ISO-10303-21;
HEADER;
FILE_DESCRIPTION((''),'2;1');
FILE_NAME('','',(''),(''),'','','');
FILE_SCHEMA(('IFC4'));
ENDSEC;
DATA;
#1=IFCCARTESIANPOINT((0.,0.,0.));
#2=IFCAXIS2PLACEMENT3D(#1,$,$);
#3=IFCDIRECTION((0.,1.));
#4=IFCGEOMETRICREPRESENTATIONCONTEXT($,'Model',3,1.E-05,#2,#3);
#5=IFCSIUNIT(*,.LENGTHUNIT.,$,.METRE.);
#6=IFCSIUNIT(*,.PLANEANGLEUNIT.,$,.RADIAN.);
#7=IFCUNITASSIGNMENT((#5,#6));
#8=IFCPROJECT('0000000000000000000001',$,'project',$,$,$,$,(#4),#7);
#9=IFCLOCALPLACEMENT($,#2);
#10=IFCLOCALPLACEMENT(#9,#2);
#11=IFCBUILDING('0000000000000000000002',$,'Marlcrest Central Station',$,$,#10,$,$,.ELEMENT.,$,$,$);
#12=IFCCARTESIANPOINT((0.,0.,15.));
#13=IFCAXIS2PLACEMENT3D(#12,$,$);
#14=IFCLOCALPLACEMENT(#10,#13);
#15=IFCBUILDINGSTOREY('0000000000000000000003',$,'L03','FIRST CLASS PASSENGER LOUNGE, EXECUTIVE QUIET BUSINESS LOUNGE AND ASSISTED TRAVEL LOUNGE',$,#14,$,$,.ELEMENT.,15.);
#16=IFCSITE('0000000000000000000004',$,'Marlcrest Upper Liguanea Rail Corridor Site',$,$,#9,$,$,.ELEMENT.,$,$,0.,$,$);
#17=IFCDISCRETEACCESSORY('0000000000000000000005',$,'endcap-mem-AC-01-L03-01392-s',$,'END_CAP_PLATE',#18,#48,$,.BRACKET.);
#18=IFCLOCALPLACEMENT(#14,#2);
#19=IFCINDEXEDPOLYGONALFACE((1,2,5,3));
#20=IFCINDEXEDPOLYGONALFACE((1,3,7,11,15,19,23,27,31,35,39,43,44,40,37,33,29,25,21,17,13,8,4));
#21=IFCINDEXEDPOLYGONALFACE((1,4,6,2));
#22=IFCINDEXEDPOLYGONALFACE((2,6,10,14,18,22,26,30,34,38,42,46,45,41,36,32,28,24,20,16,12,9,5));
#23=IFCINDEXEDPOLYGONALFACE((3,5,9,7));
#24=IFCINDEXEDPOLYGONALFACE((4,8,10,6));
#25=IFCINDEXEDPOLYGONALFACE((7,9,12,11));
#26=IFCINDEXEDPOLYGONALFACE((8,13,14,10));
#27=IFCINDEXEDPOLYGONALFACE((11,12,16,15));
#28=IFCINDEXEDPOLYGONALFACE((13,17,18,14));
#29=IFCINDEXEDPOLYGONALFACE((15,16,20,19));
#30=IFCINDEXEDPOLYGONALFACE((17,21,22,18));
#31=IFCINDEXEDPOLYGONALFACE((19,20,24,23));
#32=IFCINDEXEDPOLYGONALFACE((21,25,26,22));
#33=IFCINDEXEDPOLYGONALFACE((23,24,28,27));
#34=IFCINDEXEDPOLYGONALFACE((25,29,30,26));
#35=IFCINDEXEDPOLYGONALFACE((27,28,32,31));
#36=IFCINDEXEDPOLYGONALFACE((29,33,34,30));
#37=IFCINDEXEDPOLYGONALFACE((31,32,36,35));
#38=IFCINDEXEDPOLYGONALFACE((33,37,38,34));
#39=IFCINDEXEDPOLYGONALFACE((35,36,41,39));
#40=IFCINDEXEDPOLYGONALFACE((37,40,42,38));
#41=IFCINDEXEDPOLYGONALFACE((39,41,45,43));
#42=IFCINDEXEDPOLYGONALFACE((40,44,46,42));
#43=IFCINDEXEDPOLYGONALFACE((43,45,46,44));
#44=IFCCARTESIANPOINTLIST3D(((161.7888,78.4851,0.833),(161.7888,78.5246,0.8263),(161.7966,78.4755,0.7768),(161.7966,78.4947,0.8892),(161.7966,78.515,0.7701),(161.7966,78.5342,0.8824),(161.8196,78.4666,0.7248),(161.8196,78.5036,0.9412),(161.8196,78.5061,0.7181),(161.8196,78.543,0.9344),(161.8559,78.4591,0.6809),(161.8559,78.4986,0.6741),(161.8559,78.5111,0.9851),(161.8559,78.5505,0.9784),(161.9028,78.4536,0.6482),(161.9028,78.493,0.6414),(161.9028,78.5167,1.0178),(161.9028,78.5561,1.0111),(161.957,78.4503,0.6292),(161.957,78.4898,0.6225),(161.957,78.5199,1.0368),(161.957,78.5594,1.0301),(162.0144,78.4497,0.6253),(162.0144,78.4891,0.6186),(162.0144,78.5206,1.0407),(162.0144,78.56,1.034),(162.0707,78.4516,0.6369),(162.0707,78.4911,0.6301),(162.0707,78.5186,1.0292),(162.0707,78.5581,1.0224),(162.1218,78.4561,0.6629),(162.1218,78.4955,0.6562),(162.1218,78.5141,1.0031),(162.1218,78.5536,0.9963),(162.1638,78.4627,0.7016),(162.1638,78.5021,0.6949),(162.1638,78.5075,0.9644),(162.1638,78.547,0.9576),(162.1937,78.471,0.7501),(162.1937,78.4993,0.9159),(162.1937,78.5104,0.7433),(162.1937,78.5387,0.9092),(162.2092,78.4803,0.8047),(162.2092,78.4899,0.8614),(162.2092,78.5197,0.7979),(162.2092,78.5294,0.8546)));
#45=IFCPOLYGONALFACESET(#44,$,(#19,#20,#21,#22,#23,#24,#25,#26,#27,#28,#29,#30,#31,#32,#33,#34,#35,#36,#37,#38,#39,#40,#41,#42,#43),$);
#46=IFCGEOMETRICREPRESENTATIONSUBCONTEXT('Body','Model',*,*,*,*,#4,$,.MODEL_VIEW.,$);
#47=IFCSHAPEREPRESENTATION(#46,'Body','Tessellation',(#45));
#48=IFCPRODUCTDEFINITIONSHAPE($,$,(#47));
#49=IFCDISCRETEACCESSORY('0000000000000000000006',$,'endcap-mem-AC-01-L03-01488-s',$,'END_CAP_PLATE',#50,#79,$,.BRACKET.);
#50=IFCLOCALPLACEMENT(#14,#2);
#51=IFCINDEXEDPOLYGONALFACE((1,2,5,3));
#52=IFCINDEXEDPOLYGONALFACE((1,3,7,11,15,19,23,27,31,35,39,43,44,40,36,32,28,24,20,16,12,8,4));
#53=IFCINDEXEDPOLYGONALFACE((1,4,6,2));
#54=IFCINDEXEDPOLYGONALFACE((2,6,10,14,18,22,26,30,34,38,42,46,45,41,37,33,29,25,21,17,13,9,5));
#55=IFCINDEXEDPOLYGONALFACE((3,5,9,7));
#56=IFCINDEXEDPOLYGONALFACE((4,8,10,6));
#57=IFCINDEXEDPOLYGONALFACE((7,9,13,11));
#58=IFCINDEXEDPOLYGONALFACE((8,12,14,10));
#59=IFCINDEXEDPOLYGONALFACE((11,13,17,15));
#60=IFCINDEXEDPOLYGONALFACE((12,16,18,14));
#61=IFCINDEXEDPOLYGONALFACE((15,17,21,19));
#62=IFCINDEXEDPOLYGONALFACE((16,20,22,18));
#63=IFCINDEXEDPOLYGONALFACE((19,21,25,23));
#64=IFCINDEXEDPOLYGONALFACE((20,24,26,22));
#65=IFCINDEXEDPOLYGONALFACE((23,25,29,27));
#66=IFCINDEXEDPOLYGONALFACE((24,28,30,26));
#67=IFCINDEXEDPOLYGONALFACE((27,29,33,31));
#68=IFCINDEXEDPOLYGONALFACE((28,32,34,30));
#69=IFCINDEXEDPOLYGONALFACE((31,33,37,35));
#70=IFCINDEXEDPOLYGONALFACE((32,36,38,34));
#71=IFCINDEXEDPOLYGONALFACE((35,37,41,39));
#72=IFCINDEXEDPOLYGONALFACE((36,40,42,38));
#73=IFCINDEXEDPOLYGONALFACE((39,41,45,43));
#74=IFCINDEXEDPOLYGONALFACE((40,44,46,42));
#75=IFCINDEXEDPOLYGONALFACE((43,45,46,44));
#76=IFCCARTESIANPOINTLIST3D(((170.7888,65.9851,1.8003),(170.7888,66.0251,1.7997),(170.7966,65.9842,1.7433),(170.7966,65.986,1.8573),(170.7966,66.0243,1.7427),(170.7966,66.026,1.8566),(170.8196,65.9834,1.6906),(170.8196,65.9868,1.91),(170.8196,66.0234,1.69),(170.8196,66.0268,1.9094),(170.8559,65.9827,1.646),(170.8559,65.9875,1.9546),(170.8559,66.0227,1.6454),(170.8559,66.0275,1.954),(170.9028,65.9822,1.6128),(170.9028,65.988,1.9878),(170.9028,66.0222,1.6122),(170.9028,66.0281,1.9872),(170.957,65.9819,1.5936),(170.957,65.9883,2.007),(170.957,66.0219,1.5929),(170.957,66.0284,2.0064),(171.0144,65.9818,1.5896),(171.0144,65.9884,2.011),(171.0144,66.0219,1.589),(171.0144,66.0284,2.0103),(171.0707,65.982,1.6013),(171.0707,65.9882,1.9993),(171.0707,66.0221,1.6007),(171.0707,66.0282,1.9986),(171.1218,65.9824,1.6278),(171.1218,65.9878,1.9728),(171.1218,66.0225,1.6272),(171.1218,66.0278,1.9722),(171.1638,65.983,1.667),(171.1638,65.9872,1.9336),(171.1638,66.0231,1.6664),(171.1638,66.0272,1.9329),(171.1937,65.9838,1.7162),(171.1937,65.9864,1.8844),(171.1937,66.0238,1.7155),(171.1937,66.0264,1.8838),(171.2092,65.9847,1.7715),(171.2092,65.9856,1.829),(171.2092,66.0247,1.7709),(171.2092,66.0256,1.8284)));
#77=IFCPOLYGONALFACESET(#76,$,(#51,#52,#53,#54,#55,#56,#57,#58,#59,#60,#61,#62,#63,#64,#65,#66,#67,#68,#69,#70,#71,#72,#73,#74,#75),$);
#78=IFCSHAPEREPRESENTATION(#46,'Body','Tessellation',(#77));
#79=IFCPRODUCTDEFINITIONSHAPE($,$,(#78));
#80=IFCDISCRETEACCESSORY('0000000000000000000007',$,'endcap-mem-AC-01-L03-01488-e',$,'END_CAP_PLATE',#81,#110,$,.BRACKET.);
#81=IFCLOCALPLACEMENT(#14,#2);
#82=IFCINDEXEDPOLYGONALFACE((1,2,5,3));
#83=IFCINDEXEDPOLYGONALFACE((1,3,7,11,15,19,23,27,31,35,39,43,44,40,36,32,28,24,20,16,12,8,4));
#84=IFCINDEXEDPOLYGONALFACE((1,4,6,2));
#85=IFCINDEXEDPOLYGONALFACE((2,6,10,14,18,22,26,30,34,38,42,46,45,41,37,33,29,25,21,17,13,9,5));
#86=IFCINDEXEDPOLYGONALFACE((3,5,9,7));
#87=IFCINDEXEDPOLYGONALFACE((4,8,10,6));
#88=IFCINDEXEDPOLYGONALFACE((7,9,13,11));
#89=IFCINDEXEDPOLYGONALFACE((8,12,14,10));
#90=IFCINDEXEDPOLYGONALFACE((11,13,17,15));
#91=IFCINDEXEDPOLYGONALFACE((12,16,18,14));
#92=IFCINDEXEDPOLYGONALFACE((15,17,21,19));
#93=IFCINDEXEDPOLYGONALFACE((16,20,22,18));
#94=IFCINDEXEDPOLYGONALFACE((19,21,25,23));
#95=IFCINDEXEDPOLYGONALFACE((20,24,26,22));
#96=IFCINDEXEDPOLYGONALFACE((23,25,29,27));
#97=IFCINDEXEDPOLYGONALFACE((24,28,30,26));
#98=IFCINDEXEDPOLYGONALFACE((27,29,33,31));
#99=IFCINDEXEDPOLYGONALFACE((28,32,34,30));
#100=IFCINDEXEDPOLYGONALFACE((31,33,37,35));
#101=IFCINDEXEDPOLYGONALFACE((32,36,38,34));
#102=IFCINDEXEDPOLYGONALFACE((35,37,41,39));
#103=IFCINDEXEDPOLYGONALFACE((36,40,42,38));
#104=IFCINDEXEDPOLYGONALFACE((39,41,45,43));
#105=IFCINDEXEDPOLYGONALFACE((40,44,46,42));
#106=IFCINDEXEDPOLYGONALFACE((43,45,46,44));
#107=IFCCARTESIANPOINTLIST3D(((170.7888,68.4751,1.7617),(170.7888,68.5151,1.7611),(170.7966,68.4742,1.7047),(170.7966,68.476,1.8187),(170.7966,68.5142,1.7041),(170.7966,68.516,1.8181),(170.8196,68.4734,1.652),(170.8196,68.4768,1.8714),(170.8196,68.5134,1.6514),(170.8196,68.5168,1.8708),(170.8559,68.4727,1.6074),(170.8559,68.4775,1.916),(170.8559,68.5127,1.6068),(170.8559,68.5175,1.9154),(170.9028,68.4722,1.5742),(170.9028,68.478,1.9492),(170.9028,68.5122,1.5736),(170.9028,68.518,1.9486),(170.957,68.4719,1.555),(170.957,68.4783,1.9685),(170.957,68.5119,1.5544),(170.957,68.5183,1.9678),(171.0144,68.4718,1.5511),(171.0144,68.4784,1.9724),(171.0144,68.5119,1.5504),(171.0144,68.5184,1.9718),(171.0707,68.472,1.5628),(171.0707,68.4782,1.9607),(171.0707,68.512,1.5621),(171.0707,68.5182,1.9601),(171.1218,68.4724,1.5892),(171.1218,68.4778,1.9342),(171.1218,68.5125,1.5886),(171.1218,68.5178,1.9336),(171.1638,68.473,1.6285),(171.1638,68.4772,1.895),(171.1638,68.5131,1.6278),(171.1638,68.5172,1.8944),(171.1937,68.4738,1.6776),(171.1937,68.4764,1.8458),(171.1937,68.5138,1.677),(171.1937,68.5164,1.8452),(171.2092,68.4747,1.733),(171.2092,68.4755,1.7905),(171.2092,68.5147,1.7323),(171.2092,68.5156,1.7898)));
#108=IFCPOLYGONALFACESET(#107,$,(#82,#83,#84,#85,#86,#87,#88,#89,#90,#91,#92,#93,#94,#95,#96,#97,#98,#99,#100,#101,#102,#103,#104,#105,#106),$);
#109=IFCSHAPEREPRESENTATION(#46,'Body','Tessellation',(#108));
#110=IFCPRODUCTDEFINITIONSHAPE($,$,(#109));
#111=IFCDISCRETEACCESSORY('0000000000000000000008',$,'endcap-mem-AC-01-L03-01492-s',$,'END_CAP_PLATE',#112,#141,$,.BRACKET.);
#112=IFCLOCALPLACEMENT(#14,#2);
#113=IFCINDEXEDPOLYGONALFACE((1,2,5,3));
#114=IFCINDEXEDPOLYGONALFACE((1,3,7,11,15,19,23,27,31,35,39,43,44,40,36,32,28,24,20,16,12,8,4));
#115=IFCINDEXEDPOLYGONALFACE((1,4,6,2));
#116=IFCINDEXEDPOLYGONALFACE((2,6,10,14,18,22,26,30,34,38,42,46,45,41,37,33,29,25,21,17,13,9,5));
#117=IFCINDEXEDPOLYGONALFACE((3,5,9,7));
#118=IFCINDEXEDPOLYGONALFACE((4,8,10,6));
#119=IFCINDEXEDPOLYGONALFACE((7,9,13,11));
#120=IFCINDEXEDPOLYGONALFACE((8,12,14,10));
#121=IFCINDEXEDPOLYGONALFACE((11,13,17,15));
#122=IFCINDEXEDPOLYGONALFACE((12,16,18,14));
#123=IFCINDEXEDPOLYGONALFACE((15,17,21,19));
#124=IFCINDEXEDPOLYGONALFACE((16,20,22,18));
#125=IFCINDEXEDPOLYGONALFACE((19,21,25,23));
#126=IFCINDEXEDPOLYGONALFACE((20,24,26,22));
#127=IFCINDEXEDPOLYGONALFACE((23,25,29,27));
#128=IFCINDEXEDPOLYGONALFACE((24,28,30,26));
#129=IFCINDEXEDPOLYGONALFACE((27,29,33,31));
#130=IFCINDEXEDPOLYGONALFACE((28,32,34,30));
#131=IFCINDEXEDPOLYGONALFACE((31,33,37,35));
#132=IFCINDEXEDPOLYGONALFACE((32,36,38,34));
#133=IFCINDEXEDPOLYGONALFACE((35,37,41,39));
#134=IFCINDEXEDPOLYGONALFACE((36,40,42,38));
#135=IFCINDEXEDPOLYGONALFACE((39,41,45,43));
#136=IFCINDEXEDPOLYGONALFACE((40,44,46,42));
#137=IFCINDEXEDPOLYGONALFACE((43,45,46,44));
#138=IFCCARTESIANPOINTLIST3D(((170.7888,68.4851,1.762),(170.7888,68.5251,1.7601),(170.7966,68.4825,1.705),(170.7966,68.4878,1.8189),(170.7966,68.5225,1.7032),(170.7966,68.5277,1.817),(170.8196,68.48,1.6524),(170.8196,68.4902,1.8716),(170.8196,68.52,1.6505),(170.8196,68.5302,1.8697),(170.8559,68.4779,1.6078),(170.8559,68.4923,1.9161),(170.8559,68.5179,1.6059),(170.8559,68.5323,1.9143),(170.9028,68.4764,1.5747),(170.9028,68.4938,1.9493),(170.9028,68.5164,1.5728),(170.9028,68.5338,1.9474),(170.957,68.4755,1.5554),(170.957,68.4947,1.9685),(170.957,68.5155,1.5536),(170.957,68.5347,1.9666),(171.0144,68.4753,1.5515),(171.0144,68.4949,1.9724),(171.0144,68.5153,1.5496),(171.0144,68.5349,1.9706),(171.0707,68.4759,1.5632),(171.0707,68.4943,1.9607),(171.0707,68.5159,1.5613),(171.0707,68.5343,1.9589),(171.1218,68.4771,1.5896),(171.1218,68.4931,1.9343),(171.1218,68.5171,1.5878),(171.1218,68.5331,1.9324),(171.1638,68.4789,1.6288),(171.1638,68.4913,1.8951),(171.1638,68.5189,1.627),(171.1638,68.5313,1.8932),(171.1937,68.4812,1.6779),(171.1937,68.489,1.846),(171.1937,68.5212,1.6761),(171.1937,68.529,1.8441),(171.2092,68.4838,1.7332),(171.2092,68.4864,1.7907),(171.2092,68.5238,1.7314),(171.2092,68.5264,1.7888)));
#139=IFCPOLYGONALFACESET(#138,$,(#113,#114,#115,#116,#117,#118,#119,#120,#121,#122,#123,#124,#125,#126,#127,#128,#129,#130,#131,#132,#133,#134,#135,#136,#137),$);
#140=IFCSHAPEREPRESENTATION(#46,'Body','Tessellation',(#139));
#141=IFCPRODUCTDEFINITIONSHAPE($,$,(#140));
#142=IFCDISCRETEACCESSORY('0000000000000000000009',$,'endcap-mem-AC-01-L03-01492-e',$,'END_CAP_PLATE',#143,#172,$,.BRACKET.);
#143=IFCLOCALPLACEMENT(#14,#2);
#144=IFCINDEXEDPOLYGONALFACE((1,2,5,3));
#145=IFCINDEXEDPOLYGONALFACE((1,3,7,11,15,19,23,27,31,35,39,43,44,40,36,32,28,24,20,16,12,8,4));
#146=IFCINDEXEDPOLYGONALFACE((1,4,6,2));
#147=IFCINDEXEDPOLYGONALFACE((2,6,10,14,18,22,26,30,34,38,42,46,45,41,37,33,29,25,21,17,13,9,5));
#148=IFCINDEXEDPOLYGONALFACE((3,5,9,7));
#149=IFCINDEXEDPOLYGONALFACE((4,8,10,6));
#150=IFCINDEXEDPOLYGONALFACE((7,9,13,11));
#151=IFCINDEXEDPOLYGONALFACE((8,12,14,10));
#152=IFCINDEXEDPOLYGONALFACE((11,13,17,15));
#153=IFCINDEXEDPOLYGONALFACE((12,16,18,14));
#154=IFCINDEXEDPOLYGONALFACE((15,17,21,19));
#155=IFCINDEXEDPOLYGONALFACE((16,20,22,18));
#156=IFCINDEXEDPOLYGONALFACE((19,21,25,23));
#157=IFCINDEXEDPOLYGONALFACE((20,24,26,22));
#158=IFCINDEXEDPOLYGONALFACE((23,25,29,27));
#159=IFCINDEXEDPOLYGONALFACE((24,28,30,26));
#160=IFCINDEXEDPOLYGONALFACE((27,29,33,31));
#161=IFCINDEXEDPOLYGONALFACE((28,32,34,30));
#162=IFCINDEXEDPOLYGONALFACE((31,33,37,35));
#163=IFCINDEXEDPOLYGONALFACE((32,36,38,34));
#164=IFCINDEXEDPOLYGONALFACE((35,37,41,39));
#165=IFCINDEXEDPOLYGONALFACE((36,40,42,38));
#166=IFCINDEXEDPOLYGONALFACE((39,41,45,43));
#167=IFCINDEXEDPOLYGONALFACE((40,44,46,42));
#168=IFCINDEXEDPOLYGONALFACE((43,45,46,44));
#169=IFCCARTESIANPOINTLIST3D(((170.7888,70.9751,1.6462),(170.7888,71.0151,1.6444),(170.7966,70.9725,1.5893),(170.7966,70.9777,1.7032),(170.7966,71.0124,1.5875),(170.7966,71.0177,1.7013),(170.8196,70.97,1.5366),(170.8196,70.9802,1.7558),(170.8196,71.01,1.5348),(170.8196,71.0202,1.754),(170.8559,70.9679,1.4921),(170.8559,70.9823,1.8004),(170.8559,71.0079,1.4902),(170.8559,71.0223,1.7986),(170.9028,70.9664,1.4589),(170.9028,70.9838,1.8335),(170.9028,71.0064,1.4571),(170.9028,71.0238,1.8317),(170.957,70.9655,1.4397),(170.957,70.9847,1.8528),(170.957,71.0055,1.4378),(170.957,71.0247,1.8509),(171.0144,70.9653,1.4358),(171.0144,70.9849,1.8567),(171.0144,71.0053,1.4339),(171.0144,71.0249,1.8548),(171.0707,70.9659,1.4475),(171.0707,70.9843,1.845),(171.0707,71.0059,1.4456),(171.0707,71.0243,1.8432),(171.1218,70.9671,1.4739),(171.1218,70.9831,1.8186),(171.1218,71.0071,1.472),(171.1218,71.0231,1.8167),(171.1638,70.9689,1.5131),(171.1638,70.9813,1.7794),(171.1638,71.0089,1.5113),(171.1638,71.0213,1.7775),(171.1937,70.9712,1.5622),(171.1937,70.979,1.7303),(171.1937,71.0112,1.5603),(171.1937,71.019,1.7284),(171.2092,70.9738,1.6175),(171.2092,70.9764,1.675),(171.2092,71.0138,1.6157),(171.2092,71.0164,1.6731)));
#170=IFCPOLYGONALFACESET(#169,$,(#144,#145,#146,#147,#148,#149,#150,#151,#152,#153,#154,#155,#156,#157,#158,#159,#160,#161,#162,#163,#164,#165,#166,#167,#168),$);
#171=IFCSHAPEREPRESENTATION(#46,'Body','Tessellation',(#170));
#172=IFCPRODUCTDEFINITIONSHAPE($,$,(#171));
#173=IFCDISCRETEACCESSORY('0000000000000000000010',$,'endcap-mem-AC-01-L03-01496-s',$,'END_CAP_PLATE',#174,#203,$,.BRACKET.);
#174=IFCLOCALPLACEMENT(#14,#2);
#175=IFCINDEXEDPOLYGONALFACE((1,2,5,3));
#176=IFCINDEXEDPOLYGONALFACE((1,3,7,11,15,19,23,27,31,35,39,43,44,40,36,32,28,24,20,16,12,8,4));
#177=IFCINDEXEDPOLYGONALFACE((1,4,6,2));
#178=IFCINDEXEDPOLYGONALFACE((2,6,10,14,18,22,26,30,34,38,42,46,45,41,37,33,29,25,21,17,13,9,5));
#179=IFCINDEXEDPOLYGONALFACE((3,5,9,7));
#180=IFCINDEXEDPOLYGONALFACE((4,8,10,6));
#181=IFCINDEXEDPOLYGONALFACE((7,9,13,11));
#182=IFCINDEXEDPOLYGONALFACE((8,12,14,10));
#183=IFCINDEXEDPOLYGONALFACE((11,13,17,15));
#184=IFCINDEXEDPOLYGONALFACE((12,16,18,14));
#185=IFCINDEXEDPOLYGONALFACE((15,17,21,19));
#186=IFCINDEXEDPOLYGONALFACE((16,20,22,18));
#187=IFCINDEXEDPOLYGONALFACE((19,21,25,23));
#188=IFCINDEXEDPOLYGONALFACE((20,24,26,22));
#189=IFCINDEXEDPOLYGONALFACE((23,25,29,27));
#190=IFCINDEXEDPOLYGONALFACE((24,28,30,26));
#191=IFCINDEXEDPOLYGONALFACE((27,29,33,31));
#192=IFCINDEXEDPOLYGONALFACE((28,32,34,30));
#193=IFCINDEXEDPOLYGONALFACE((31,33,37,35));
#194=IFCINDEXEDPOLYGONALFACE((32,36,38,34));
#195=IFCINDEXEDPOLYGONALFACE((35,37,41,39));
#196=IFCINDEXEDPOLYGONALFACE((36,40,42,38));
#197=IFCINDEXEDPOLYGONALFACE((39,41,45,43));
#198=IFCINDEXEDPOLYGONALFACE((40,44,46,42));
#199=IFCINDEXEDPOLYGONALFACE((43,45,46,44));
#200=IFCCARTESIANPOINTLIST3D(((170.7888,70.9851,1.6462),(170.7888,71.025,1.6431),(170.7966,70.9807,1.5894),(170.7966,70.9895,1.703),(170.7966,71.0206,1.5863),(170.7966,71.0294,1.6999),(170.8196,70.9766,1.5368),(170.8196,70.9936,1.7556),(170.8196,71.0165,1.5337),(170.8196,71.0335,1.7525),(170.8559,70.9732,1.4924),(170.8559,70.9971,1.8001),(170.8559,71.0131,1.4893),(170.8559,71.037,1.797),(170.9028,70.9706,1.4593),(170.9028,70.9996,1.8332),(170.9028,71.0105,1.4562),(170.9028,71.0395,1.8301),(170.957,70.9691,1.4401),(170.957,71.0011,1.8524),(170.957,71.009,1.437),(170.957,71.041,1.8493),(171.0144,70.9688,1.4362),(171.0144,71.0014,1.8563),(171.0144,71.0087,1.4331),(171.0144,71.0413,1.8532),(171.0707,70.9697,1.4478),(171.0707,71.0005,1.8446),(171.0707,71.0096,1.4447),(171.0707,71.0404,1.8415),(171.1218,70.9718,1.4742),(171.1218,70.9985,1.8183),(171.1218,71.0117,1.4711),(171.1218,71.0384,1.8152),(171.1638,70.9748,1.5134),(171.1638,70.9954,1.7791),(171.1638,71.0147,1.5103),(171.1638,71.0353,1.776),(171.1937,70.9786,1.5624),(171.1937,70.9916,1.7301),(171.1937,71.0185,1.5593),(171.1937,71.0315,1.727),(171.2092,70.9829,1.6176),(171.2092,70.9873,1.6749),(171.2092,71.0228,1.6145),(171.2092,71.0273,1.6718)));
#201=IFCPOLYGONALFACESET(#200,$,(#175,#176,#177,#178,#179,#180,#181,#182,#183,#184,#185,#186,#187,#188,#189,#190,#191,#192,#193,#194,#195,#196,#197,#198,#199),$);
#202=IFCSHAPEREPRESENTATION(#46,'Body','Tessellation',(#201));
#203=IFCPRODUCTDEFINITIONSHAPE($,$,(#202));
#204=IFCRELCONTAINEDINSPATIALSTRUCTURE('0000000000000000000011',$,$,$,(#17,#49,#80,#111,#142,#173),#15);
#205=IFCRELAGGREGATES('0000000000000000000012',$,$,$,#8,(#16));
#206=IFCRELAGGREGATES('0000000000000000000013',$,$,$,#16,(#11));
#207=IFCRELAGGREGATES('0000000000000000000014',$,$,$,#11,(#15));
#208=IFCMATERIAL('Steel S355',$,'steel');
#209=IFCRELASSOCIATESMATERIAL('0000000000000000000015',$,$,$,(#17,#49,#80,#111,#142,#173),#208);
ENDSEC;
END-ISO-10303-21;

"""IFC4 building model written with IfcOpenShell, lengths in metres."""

from ifc_helpers import new_model, si_unit, direction, frame, origin, origin_2d, place, context, subcontext, project, spatial, circle, extrude, material, element, save


model = new_model("IFC4")

# Units and contexts
model_context = context("Model", 3, precision=1e-05, world=origin(), true_north=direction((0.0, 1.0)))
body_context = subcontext(model_context, "Body", "Model", "MODEL_VIEW")
ifc_project = project(units=[si_unit("LENGTHUNIT", "METRE"), si_unit("PLANEANGLEUNIT", "RADIAN")], contexts=[model_context])

# Site, building, storey
site_placement = place(None, origin())
site = spatial("IfcSite", under=ifc_project, at=site_placement, Name="Marlcrest Upper Liguanea Rail Corridor Site", CompositionType="ELEMENT", RefElevation=0.0)
building_placement = place(site_placement, origin())
building = spatial("IfcBuilding", under=site, at=building_placement, Name="Marlcrest Central Station", CompositionType="ELEMENT")
storey_placement = place(building_placement, frame((0.0, 0.0, 15.0)))
storey = spatial("IfcBuildingStorey", under=building, at=storey_placement, Name="L03", Description="FIRST CLASS PASSENGER LOUNGE, EXECUTIVE QUIET BUSINESS LOUNGE AND ASSISTED TRAVEL LOUNGE", CompositionType="ELEMENT", Elevation=15.0)

# Shared definitions
ifc_material_1 = material(Name="Steel S355", Category="steel")

# Discrete accessories
for number, where, z_axis, x_axis, name in (
    (1, (162.0, 78.4851, 0.833), (0.0, 0.985741, -0.168269), (-1.0, 0.0, 0.0), "endcap-mem-AC-01-L03-01392-s"),
    (2, (171.0, 65.9851, 1.8003), (0.0, 0.999879, -0.015525), (-1.0, 0.0, 0.0), "endcap-mem-AC-01-L03-01488-s"),
    (3, (171.0, 68.4751, 1.7617), (0.0, 0.999879, -0.015525), (-1.0, 0.0, 0.0), "endcap-mem-AC-01-L03-01488-e"),
    (4, (171.0, 68.4851, 1.762), (0.0, 0.998921, -0.046434), (-1.0, 0.0, 0.0), "endcap-mem-AC-01-L03-01492-s"),
    (5, (171.0, 70.9751, 1.6462), (0.0, 0.998921, -0.046434), (-1.0, 0.0, 0.0), "endcap-mem-AC-01-L03-01492-e"),
    (6, (171.0, 70.9851, 1.6462), (0.0, 0.997, -0.077404), (-1.0, 0.0, 0.0), "endcap-mem-AC-01-L03-01496-s"),
):
    element("IfcDiscreteAccessory", number, at=place(storey_placement, frame(where, z_axis=z_axis, x_axis=x_axis)), inside=storey, material=ifc_material_1, Name=name, ObjectType="END_CAP_PLATE", PredefinedType="BRACKET", context=body_context, shape_type="SweptSolid", body=[
        extrude(circle(Radius=0.2112, at=origin_2d()), origin(), (0.0, 0.0, 1.0), 0.04),
    ])

save(model, "model.ifc")
